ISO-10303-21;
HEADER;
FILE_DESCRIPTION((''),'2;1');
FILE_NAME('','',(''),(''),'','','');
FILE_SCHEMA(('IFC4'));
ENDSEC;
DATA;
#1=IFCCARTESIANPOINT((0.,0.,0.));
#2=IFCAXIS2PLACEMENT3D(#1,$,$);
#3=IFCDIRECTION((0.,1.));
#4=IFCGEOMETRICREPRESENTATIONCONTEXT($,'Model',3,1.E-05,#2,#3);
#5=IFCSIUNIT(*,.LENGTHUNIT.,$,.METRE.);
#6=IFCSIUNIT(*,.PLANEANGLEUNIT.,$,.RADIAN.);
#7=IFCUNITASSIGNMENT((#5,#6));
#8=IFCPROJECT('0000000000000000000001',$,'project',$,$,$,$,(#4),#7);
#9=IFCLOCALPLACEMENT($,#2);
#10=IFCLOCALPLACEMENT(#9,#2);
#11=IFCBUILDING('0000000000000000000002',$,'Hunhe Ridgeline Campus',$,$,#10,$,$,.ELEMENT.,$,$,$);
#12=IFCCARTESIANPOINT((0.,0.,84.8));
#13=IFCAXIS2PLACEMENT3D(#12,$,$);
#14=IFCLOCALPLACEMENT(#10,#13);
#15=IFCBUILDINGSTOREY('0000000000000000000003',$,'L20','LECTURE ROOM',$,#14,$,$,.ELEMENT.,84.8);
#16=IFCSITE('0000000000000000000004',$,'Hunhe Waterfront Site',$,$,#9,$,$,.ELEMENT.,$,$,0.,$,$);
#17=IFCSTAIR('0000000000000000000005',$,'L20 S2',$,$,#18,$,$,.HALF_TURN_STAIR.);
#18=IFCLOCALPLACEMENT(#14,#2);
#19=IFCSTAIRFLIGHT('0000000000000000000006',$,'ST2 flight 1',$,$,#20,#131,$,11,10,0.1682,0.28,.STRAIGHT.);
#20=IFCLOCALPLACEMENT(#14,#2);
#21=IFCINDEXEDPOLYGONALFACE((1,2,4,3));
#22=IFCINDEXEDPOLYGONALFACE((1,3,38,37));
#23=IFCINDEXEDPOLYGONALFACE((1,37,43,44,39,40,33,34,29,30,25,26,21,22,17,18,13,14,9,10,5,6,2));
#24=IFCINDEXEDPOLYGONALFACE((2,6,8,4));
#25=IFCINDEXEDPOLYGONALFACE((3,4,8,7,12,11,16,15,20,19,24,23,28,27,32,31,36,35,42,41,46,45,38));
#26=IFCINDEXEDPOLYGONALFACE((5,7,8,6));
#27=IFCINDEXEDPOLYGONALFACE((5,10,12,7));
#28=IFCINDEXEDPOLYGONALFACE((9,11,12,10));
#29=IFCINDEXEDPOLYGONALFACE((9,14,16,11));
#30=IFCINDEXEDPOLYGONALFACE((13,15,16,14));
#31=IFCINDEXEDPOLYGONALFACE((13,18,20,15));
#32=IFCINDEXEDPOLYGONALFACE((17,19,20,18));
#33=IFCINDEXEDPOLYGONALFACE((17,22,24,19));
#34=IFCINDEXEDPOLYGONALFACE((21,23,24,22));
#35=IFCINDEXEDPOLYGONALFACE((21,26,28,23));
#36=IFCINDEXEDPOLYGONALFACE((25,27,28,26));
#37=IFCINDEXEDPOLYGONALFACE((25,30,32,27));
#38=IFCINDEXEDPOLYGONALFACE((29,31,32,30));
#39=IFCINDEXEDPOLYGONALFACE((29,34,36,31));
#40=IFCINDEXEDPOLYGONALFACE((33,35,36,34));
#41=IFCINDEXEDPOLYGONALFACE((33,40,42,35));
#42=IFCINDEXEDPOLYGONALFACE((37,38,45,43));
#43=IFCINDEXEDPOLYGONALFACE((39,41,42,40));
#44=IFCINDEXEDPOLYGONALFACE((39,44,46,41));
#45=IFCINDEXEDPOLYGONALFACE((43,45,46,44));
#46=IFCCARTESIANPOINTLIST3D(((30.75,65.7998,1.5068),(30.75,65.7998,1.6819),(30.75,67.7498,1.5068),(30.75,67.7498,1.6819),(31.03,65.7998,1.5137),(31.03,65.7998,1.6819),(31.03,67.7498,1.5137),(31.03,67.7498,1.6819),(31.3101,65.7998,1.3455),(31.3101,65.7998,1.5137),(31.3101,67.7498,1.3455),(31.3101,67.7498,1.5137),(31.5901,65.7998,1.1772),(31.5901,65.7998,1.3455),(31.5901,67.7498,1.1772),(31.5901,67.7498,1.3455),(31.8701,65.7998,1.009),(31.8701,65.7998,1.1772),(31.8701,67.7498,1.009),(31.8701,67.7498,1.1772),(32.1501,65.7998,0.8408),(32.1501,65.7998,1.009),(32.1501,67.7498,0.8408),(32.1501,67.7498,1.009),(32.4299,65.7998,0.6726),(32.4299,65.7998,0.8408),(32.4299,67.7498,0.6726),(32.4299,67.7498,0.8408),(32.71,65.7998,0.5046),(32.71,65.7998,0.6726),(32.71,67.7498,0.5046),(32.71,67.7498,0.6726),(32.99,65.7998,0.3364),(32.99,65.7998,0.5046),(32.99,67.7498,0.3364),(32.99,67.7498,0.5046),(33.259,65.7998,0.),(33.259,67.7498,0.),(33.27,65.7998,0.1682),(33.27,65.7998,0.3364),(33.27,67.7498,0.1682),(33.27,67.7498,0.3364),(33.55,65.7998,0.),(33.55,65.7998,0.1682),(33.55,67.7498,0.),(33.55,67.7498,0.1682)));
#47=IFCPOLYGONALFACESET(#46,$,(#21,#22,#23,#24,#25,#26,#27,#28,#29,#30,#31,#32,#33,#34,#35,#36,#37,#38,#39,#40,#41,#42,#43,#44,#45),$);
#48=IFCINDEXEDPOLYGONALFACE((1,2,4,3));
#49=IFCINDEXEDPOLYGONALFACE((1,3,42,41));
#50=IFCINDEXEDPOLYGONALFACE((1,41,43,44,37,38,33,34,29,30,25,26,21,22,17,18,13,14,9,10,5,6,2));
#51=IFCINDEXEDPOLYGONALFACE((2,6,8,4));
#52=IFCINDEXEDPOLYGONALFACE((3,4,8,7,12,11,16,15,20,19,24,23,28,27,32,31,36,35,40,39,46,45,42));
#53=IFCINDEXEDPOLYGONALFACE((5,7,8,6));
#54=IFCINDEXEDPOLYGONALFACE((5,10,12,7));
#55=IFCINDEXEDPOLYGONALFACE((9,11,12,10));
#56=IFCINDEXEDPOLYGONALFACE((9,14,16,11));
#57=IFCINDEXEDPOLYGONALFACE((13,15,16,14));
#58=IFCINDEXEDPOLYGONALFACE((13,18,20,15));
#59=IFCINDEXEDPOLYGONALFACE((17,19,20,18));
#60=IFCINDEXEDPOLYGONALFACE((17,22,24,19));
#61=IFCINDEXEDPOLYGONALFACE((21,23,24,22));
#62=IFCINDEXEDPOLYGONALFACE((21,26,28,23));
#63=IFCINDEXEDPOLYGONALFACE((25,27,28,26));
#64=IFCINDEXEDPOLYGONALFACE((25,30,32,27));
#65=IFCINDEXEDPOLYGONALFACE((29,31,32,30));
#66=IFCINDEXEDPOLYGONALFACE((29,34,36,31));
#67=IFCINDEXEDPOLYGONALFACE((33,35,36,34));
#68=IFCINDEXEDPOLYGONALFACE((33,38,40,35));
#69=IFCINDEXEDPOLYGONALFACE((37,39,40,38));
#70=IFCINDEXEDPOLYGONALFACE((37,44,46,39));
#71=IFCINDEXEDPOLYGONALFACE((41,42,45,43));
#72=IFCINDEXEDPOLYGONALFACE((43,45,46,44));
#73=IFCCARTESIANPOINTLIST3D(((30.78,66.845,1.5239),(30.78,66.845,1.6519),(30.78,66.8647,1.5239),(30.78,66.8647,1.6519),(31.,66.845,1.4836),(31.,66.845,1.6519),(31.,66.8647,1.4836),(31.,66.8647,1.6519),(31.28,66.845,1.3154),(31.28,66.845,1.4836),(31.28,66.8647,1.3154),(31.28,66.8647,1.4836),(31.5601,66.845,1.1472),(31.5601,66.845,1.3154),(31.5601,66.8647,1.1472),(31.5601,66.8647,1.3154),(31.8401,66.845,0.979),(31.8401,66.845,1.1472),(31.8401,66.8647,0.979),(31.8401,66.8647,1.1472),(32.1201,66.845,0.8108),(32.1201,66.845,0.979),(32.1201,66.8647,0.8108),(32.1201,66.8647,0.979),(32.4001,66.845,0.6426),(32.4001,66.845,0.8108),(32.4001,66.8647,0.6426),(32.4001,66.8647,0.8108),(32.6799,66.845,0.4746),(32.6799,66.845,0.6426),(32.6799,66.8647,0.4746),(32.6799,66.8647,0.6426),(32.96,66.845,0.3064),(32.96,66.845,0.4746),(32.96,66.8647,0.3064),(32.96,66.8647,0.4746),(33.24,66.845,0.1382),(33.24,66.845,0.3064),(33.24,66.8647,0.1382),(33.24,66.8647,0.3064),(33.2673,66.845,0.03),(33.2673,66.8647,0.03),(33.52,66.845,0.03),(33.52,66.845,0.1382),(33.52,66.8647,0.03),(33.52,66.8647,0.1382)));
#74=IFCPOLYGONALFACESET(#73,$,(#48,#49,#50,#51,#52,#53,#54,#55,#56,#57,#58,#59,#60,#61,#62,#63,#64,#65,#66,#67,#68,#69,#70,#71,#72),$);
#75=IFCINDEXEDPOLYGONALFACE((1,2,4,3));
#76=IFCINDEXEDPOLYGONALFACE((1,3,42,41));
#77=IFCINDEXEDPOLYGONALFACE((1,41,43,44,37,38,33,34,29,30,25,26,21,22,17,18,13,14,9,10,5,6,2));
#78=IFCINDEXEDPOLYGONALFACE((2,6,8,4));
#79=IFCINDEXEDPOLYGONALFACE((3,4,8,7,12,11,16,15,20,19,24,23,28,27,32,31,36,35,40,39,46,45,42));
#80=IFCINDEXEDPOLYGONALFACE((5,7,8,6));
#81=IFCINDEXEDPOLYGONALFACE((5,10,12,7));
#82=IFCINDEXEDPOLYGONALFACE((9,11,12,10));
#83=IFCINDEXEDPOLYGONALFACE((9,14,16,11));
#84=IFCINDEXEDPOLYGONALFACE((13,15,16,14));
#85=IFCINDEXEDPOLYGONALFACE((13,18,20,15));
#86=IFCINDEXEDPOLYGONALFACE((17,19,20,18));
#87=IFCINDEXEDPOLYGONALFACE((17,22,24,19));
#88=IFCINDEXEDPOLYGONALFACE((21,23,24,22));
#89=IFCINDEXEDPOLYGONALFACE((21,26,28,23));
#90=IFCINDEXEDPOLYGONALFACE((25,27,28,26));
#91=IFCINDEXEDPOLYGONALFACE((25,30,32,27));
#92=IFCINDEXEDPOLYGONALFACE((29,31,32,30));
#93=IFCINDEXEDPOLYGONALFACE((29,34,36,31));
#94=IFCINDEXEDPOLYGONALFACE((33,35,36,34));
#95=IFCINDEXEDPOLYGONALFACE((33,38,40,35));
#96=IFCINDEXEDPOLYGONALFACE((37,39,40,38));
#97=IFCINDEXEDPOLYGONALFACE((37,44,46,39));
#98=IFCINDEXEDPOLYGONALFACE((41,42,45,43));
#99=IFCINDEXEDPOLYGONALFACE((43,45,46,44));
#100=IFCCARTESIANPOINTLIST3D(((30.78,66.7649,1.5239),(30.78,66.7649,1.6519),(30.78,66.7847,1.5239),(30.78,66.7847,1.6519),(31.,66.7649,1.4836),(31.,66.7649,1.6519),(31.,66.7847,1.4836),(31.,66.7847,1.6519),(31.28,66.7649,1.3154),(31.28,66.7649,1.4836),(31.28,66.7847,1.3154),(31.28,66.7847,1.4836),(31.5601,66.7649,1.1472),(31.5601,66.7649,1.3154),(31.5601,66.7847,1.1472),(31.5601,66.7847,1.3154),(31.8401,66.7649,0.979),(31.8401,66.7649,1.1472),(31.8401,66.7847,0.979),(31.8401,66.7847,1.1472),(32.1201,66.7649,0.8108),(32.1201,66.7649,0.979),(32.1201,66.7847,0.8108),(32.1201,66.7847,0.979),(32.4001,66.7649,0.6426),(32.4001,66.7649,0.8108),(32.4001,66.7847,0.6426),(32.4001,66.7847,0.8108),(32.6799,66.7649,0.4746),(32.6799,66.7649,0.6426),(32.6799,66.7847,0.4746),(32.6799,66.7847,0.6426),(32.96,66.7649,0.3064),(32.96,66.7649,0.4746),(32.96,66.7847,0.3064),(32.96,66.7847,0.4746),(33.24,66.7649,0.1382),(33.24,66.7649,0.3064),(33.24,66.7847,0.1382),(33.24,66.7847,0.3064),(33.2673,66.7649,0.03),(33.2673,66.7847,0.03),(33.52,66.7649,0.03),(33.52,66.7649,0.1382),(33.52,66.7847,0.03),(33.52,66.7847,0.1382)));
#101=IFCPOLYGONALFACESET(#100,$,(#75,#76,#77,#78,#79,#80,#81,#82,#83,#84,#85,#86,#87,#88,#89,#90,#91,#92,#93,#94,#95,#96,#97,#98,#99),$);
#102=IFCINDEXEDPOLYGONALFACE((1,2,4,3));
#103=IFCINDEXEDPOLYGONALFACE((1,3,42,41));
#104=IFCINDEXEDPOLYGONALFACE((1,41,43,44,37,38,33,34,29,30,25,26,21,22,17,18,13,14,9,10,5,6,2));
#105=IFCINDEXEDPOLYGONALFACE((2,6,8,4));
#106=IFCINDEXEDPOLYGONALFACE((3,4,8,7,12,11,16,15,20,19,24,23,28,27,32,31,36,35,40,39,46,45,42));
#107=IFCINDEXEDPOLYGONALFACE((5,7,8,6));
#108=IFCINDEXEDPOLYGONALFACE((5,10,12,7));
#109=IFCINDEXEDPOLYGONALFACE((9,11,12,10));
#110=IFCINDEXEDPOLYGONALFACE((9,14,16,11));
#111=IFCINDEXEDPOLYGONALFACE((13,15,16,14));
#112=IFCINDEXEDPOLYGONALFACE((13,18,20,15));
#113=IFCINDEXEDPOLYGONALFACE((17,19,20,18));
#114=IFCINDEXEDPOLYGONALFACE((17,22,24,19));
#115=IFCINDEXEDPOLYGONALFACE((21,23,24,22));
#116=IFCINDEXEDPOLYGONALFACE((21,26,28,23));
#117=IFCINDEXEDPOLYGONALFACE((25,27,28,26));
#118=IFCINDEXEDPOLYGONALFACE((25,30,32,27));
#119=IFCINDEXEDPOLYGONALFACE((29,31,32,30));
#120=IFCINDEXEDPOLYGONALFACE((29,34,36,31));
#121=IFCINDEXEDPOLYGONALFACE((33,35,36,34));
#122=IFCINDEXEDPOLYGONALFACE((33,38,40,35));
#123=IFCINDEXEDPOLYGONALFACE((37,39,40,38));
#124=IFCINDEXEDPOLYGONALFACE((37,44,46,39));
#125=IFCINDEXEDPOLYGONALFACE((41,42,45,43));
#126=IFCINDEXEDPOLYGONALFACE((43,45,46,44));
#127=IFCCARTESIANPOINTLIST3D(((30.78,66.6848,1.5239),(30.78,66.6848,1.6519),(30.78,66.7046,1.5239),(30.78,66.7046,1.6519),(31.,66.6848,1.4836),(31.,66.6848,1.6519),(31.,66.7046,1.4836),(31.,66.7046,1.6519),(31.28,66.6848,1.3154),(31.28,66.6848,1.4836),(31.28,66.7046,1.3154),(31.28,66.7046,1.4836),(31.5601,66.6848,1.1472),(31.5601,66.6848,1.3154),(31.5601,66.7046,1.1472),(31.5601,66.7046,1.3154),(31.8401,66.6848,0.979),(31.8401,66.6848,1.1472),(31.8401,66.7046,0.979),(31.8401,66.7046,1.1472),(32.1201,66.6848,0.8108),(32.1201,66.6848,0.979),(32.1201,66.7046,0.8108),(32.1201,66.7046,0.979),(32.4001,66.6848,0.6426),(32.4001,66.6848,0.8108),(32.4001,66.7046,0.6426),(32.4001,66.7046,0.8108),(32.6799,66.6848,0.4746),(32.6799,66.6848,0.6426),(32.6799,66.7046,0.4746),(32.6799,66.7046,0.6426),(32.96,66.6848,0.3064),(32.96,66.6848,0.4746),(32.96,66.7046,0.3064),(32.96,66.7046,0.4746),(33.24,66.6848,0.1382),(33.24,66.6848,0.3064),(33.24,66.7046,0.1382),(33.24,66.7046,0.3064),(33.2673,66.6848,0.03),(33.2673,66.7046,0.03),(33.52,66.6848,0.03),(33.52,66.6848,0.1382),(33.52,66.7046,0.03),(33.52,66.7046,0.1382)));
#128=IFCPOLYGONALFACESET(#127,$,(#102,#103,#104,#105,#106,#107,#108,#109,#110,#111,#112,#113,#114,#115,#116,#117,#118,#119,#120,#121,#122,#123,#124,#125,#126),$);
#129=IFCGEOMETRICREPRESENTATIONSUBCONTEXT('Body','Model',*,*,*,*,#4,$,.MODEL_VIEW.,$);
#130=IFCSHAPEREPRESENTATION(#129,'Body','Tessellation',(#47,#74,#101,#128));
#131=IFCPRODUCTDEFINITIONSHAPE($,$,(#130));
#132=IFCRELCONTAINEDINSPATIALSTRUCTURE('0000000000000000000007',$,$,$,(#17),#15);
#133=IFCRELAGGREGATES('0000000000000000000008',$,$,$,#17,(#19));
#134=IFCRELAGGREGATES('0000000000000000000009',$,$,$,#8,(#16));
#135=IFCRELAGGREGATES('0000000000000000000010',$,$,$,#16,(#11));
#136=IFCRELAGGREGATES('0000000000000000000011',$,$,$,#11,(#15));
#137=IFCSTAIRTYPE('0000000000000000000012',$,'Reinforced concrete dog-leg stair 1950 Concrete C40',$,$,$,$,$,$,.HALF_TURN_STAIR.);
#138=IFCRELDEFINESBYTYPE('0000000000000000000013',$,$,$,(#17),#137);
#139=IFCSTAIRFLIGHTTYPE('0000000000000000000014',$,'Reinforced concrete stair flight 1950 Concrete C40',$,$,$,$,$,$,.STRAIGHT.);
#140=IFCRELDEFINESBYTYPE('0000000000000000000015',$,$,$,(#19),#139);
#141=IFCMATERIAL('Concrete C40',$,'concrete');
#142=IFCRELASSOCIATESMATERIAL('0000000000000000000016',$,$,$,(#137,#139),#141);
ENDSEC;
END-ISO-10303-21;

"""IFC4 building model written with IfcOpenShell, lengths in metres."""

from ifc_helpers import new_model, si_unit, direction, frame, origin, place, context, subcontext, project, spatial, polyline, outline, extrude, material, type_object, element, aggregate, save


model = new_model("IFC4")

# Units and contexts
model_context = context("Model", 3, precision=1e-05, world=origin(), true_north=direction((0.0, 1.0)))
body_context = subcontext(model_context, "Body", "Model", "MODEL_VIEW")
ifc_project = project(units=[si_unit("LENGTHUNIT", "METRE"), si_unit("PLANEANGLEUNIT", "RADIAN")], contexts=[model_context])

# Site, building, storey
site_placement = place(None, origin())
site = spatial("IfcSite", under=ifc_project, at=site_placement, Name="Hunhe Waterfront Site", CompositionType="ELEMENT", RefElevation=0.0)
building_placement = place(site_placement, origin())
building = spatial("IfcBuilding", under=site, at=building_placement, Name="Hunhe Ridgeline Campus", CompositionType="ELEMENT")
storey_placement = place(building_placement, frame((0.0, 0.0, 84.8)))
storey = spatial("IfcBuildingStorey", under=building, at=storey_placement, Name="L20", Description="LECTURE ROOM", CompositionType="ELEMENT", Elevation=84.8)

# Stair, stair flight
ifc_material_1 = material(Name="Concrete C40", Category="concrete")
stair_type = type_object("IfcStairType", Name="Reinforced concrete dog-leg stair 1950 Concrete C40", PredefinedType="HALF_TURN_STAIR", material=ifc_material_1)
stair_placement = place(storey_placement, origin())
stair = element("IfcStair", 1, at=stair_placement, inside=storey, type_object=stair_type, Name="L20 S2", PredefinedType="HALF_TURN_STAIR")
stair_flight_type = type_object("IfcStairFlightType", Name="Reinforced concrete stair flight 1950 Concrete C40", PredefinedType="STRAIGHT", material=ifc_material_1)
stair_flight_1_placement = place(storey_placement, frame((33.55, 66.7749, 0.0), z_axis=(0.0, 0.0, 1.0), x_axis=(-1.0, 0.0, 0.0)))
stair_flight_1 = element("IfcStairFlight", 2, at=stair_flight_1_placement, type_object=stair_flight_type, Name="ST2 flight 1", NumberOfRisers=11, NumberOfTreads=10, PredefinedType="STRAIGHT", RiserHeight=0.1682, TreadLength=0.28, context=body_context, shape_type="SweptSolid", body=[
    extrude(outline(polyline([(0.0, 0.0), (0.0, 0.1682), (0.28, 0.1682), (0.28, 0.3364), (0.5601, 0.3364), (0.5601, 0.5046), (0.8401, 0.5046), (0.8401, 0.6726), (1.1201, 0.6726), (1.1201, 0.8408), (1.3999, 0.8408), (1.3999, 1.009), (1.6799, 1.009), (1.6799, 1.1772), (1.96, 1.1772), (1.96, 1.3455), (2.24, 1.3455), (2.24, 1.5137), (2.52, 1.5137), (2.52, 1.6819), (2.8, 1.6819), (2.8, 1.8501), (2.8, 1.5068), (0.291, 0.0), (0.0, 0.0)])), frame((0.0, 0.9751, 0.0), z_axis=(0.0, -1.0, 0.0), x_axis=(1.0, 0.0, 0.0)), (0.0, 0.0, 1.0), 1.95),
    extrude(outline(polyline([(0.03, 0.03), (0.03, 0.1382), (0.3101, 0.1382), (0.3101, 0.3064), (0.5901, 0.3064), (0.5901, 0.4746), (0.8701, 0.4746), (0.8701, 0.6426), (1.1499, 0.6426), (1.1499, 0.8108), (1.4299, 0.8108), (1.4299, 0.979), (1.71, 0.979), (1.71, 1.1472), (1.99, 1.1472), (1.99, 1.3154), (2.27, 1.3154), (2.27, 1.4836), (2.55, 1.4836), (2.55, 1.6519), (2.77, 1.6519), (2.77, 1.5239), (0.2827, 0.03), (0.03, 0.03)])), frame((0.0, -0.0701, 0.0), z_axis=(0.0, -1.0, 0.0), x_axis=(1.0, 0.0, 0.0)), (0.0, 0.0, 1.0), 0.0198),
    extrude(outline(polyline([(0.03, 0.03), (0.03, 0.1382), (0.3101, 0.1382), (0.3101, 0.3064), (0.5901, 0.3064), (0.5901, 0.4746), (0.8701, 0.4746), (0.8701, 0.6426), (1.1499, 0.6426), (1.1499, 0.8108), (1.4299, 0.8108), (1.4299, 0.979), (1.71, 0.979), (1.71, 1.1472), (1.99, 1.1472), (1.99, 1.3154), (2.27, 1.3154), (2.27, 1.4836), (2.55, 1.4836), (2.55, 1.6519), (2.77, 1.6519), (2.77, 1.5239), (0.2827, 0.03), (0.03, 0.03)])), frame((0.0, 0.01, 0.0), z_axis=(0.0, -1.0, 0.0), x_axis=(1.0, 0.0, 0.0)), (0.0, 0.0, 1.0), 0.0198),
    extrude(outline(polyline([(0.03, 0.03), (0.03, 0.1382), (0.3101, 0.1382), (0.3101, 0.3064), (0.5901, 0.3064), (0.5901, 0.4746), (0.8701, 0.4746), (0.8701, 0.6426), (1.1499, 0.6426), (1.1499, 0.8108), (1.4299, 0.8108), (1.4299, 0.979), (1.71, 0.979), (1.71, 1.1472), (1.99, 1.1472), (1.99, 1.3154), (2.27, 1.3154), (2.27, 1.4836), (2.55, 1.4836), (2.55, 1.6519), (2.77, 1.6519), (2.77, 1.5239), (0.2827, 0.03), (0.03, 0.03)])), frame((0.0, 0.0901, 0.0), z_axis=(0.0, -1.0, 0.0), x_axis=(1.0, 0.0, 0.0)), (0.0, 0.0, 1.0), 0.0198),
])
aggregate(stair, [stair_flight_1])

save(model, "model.ifc")
